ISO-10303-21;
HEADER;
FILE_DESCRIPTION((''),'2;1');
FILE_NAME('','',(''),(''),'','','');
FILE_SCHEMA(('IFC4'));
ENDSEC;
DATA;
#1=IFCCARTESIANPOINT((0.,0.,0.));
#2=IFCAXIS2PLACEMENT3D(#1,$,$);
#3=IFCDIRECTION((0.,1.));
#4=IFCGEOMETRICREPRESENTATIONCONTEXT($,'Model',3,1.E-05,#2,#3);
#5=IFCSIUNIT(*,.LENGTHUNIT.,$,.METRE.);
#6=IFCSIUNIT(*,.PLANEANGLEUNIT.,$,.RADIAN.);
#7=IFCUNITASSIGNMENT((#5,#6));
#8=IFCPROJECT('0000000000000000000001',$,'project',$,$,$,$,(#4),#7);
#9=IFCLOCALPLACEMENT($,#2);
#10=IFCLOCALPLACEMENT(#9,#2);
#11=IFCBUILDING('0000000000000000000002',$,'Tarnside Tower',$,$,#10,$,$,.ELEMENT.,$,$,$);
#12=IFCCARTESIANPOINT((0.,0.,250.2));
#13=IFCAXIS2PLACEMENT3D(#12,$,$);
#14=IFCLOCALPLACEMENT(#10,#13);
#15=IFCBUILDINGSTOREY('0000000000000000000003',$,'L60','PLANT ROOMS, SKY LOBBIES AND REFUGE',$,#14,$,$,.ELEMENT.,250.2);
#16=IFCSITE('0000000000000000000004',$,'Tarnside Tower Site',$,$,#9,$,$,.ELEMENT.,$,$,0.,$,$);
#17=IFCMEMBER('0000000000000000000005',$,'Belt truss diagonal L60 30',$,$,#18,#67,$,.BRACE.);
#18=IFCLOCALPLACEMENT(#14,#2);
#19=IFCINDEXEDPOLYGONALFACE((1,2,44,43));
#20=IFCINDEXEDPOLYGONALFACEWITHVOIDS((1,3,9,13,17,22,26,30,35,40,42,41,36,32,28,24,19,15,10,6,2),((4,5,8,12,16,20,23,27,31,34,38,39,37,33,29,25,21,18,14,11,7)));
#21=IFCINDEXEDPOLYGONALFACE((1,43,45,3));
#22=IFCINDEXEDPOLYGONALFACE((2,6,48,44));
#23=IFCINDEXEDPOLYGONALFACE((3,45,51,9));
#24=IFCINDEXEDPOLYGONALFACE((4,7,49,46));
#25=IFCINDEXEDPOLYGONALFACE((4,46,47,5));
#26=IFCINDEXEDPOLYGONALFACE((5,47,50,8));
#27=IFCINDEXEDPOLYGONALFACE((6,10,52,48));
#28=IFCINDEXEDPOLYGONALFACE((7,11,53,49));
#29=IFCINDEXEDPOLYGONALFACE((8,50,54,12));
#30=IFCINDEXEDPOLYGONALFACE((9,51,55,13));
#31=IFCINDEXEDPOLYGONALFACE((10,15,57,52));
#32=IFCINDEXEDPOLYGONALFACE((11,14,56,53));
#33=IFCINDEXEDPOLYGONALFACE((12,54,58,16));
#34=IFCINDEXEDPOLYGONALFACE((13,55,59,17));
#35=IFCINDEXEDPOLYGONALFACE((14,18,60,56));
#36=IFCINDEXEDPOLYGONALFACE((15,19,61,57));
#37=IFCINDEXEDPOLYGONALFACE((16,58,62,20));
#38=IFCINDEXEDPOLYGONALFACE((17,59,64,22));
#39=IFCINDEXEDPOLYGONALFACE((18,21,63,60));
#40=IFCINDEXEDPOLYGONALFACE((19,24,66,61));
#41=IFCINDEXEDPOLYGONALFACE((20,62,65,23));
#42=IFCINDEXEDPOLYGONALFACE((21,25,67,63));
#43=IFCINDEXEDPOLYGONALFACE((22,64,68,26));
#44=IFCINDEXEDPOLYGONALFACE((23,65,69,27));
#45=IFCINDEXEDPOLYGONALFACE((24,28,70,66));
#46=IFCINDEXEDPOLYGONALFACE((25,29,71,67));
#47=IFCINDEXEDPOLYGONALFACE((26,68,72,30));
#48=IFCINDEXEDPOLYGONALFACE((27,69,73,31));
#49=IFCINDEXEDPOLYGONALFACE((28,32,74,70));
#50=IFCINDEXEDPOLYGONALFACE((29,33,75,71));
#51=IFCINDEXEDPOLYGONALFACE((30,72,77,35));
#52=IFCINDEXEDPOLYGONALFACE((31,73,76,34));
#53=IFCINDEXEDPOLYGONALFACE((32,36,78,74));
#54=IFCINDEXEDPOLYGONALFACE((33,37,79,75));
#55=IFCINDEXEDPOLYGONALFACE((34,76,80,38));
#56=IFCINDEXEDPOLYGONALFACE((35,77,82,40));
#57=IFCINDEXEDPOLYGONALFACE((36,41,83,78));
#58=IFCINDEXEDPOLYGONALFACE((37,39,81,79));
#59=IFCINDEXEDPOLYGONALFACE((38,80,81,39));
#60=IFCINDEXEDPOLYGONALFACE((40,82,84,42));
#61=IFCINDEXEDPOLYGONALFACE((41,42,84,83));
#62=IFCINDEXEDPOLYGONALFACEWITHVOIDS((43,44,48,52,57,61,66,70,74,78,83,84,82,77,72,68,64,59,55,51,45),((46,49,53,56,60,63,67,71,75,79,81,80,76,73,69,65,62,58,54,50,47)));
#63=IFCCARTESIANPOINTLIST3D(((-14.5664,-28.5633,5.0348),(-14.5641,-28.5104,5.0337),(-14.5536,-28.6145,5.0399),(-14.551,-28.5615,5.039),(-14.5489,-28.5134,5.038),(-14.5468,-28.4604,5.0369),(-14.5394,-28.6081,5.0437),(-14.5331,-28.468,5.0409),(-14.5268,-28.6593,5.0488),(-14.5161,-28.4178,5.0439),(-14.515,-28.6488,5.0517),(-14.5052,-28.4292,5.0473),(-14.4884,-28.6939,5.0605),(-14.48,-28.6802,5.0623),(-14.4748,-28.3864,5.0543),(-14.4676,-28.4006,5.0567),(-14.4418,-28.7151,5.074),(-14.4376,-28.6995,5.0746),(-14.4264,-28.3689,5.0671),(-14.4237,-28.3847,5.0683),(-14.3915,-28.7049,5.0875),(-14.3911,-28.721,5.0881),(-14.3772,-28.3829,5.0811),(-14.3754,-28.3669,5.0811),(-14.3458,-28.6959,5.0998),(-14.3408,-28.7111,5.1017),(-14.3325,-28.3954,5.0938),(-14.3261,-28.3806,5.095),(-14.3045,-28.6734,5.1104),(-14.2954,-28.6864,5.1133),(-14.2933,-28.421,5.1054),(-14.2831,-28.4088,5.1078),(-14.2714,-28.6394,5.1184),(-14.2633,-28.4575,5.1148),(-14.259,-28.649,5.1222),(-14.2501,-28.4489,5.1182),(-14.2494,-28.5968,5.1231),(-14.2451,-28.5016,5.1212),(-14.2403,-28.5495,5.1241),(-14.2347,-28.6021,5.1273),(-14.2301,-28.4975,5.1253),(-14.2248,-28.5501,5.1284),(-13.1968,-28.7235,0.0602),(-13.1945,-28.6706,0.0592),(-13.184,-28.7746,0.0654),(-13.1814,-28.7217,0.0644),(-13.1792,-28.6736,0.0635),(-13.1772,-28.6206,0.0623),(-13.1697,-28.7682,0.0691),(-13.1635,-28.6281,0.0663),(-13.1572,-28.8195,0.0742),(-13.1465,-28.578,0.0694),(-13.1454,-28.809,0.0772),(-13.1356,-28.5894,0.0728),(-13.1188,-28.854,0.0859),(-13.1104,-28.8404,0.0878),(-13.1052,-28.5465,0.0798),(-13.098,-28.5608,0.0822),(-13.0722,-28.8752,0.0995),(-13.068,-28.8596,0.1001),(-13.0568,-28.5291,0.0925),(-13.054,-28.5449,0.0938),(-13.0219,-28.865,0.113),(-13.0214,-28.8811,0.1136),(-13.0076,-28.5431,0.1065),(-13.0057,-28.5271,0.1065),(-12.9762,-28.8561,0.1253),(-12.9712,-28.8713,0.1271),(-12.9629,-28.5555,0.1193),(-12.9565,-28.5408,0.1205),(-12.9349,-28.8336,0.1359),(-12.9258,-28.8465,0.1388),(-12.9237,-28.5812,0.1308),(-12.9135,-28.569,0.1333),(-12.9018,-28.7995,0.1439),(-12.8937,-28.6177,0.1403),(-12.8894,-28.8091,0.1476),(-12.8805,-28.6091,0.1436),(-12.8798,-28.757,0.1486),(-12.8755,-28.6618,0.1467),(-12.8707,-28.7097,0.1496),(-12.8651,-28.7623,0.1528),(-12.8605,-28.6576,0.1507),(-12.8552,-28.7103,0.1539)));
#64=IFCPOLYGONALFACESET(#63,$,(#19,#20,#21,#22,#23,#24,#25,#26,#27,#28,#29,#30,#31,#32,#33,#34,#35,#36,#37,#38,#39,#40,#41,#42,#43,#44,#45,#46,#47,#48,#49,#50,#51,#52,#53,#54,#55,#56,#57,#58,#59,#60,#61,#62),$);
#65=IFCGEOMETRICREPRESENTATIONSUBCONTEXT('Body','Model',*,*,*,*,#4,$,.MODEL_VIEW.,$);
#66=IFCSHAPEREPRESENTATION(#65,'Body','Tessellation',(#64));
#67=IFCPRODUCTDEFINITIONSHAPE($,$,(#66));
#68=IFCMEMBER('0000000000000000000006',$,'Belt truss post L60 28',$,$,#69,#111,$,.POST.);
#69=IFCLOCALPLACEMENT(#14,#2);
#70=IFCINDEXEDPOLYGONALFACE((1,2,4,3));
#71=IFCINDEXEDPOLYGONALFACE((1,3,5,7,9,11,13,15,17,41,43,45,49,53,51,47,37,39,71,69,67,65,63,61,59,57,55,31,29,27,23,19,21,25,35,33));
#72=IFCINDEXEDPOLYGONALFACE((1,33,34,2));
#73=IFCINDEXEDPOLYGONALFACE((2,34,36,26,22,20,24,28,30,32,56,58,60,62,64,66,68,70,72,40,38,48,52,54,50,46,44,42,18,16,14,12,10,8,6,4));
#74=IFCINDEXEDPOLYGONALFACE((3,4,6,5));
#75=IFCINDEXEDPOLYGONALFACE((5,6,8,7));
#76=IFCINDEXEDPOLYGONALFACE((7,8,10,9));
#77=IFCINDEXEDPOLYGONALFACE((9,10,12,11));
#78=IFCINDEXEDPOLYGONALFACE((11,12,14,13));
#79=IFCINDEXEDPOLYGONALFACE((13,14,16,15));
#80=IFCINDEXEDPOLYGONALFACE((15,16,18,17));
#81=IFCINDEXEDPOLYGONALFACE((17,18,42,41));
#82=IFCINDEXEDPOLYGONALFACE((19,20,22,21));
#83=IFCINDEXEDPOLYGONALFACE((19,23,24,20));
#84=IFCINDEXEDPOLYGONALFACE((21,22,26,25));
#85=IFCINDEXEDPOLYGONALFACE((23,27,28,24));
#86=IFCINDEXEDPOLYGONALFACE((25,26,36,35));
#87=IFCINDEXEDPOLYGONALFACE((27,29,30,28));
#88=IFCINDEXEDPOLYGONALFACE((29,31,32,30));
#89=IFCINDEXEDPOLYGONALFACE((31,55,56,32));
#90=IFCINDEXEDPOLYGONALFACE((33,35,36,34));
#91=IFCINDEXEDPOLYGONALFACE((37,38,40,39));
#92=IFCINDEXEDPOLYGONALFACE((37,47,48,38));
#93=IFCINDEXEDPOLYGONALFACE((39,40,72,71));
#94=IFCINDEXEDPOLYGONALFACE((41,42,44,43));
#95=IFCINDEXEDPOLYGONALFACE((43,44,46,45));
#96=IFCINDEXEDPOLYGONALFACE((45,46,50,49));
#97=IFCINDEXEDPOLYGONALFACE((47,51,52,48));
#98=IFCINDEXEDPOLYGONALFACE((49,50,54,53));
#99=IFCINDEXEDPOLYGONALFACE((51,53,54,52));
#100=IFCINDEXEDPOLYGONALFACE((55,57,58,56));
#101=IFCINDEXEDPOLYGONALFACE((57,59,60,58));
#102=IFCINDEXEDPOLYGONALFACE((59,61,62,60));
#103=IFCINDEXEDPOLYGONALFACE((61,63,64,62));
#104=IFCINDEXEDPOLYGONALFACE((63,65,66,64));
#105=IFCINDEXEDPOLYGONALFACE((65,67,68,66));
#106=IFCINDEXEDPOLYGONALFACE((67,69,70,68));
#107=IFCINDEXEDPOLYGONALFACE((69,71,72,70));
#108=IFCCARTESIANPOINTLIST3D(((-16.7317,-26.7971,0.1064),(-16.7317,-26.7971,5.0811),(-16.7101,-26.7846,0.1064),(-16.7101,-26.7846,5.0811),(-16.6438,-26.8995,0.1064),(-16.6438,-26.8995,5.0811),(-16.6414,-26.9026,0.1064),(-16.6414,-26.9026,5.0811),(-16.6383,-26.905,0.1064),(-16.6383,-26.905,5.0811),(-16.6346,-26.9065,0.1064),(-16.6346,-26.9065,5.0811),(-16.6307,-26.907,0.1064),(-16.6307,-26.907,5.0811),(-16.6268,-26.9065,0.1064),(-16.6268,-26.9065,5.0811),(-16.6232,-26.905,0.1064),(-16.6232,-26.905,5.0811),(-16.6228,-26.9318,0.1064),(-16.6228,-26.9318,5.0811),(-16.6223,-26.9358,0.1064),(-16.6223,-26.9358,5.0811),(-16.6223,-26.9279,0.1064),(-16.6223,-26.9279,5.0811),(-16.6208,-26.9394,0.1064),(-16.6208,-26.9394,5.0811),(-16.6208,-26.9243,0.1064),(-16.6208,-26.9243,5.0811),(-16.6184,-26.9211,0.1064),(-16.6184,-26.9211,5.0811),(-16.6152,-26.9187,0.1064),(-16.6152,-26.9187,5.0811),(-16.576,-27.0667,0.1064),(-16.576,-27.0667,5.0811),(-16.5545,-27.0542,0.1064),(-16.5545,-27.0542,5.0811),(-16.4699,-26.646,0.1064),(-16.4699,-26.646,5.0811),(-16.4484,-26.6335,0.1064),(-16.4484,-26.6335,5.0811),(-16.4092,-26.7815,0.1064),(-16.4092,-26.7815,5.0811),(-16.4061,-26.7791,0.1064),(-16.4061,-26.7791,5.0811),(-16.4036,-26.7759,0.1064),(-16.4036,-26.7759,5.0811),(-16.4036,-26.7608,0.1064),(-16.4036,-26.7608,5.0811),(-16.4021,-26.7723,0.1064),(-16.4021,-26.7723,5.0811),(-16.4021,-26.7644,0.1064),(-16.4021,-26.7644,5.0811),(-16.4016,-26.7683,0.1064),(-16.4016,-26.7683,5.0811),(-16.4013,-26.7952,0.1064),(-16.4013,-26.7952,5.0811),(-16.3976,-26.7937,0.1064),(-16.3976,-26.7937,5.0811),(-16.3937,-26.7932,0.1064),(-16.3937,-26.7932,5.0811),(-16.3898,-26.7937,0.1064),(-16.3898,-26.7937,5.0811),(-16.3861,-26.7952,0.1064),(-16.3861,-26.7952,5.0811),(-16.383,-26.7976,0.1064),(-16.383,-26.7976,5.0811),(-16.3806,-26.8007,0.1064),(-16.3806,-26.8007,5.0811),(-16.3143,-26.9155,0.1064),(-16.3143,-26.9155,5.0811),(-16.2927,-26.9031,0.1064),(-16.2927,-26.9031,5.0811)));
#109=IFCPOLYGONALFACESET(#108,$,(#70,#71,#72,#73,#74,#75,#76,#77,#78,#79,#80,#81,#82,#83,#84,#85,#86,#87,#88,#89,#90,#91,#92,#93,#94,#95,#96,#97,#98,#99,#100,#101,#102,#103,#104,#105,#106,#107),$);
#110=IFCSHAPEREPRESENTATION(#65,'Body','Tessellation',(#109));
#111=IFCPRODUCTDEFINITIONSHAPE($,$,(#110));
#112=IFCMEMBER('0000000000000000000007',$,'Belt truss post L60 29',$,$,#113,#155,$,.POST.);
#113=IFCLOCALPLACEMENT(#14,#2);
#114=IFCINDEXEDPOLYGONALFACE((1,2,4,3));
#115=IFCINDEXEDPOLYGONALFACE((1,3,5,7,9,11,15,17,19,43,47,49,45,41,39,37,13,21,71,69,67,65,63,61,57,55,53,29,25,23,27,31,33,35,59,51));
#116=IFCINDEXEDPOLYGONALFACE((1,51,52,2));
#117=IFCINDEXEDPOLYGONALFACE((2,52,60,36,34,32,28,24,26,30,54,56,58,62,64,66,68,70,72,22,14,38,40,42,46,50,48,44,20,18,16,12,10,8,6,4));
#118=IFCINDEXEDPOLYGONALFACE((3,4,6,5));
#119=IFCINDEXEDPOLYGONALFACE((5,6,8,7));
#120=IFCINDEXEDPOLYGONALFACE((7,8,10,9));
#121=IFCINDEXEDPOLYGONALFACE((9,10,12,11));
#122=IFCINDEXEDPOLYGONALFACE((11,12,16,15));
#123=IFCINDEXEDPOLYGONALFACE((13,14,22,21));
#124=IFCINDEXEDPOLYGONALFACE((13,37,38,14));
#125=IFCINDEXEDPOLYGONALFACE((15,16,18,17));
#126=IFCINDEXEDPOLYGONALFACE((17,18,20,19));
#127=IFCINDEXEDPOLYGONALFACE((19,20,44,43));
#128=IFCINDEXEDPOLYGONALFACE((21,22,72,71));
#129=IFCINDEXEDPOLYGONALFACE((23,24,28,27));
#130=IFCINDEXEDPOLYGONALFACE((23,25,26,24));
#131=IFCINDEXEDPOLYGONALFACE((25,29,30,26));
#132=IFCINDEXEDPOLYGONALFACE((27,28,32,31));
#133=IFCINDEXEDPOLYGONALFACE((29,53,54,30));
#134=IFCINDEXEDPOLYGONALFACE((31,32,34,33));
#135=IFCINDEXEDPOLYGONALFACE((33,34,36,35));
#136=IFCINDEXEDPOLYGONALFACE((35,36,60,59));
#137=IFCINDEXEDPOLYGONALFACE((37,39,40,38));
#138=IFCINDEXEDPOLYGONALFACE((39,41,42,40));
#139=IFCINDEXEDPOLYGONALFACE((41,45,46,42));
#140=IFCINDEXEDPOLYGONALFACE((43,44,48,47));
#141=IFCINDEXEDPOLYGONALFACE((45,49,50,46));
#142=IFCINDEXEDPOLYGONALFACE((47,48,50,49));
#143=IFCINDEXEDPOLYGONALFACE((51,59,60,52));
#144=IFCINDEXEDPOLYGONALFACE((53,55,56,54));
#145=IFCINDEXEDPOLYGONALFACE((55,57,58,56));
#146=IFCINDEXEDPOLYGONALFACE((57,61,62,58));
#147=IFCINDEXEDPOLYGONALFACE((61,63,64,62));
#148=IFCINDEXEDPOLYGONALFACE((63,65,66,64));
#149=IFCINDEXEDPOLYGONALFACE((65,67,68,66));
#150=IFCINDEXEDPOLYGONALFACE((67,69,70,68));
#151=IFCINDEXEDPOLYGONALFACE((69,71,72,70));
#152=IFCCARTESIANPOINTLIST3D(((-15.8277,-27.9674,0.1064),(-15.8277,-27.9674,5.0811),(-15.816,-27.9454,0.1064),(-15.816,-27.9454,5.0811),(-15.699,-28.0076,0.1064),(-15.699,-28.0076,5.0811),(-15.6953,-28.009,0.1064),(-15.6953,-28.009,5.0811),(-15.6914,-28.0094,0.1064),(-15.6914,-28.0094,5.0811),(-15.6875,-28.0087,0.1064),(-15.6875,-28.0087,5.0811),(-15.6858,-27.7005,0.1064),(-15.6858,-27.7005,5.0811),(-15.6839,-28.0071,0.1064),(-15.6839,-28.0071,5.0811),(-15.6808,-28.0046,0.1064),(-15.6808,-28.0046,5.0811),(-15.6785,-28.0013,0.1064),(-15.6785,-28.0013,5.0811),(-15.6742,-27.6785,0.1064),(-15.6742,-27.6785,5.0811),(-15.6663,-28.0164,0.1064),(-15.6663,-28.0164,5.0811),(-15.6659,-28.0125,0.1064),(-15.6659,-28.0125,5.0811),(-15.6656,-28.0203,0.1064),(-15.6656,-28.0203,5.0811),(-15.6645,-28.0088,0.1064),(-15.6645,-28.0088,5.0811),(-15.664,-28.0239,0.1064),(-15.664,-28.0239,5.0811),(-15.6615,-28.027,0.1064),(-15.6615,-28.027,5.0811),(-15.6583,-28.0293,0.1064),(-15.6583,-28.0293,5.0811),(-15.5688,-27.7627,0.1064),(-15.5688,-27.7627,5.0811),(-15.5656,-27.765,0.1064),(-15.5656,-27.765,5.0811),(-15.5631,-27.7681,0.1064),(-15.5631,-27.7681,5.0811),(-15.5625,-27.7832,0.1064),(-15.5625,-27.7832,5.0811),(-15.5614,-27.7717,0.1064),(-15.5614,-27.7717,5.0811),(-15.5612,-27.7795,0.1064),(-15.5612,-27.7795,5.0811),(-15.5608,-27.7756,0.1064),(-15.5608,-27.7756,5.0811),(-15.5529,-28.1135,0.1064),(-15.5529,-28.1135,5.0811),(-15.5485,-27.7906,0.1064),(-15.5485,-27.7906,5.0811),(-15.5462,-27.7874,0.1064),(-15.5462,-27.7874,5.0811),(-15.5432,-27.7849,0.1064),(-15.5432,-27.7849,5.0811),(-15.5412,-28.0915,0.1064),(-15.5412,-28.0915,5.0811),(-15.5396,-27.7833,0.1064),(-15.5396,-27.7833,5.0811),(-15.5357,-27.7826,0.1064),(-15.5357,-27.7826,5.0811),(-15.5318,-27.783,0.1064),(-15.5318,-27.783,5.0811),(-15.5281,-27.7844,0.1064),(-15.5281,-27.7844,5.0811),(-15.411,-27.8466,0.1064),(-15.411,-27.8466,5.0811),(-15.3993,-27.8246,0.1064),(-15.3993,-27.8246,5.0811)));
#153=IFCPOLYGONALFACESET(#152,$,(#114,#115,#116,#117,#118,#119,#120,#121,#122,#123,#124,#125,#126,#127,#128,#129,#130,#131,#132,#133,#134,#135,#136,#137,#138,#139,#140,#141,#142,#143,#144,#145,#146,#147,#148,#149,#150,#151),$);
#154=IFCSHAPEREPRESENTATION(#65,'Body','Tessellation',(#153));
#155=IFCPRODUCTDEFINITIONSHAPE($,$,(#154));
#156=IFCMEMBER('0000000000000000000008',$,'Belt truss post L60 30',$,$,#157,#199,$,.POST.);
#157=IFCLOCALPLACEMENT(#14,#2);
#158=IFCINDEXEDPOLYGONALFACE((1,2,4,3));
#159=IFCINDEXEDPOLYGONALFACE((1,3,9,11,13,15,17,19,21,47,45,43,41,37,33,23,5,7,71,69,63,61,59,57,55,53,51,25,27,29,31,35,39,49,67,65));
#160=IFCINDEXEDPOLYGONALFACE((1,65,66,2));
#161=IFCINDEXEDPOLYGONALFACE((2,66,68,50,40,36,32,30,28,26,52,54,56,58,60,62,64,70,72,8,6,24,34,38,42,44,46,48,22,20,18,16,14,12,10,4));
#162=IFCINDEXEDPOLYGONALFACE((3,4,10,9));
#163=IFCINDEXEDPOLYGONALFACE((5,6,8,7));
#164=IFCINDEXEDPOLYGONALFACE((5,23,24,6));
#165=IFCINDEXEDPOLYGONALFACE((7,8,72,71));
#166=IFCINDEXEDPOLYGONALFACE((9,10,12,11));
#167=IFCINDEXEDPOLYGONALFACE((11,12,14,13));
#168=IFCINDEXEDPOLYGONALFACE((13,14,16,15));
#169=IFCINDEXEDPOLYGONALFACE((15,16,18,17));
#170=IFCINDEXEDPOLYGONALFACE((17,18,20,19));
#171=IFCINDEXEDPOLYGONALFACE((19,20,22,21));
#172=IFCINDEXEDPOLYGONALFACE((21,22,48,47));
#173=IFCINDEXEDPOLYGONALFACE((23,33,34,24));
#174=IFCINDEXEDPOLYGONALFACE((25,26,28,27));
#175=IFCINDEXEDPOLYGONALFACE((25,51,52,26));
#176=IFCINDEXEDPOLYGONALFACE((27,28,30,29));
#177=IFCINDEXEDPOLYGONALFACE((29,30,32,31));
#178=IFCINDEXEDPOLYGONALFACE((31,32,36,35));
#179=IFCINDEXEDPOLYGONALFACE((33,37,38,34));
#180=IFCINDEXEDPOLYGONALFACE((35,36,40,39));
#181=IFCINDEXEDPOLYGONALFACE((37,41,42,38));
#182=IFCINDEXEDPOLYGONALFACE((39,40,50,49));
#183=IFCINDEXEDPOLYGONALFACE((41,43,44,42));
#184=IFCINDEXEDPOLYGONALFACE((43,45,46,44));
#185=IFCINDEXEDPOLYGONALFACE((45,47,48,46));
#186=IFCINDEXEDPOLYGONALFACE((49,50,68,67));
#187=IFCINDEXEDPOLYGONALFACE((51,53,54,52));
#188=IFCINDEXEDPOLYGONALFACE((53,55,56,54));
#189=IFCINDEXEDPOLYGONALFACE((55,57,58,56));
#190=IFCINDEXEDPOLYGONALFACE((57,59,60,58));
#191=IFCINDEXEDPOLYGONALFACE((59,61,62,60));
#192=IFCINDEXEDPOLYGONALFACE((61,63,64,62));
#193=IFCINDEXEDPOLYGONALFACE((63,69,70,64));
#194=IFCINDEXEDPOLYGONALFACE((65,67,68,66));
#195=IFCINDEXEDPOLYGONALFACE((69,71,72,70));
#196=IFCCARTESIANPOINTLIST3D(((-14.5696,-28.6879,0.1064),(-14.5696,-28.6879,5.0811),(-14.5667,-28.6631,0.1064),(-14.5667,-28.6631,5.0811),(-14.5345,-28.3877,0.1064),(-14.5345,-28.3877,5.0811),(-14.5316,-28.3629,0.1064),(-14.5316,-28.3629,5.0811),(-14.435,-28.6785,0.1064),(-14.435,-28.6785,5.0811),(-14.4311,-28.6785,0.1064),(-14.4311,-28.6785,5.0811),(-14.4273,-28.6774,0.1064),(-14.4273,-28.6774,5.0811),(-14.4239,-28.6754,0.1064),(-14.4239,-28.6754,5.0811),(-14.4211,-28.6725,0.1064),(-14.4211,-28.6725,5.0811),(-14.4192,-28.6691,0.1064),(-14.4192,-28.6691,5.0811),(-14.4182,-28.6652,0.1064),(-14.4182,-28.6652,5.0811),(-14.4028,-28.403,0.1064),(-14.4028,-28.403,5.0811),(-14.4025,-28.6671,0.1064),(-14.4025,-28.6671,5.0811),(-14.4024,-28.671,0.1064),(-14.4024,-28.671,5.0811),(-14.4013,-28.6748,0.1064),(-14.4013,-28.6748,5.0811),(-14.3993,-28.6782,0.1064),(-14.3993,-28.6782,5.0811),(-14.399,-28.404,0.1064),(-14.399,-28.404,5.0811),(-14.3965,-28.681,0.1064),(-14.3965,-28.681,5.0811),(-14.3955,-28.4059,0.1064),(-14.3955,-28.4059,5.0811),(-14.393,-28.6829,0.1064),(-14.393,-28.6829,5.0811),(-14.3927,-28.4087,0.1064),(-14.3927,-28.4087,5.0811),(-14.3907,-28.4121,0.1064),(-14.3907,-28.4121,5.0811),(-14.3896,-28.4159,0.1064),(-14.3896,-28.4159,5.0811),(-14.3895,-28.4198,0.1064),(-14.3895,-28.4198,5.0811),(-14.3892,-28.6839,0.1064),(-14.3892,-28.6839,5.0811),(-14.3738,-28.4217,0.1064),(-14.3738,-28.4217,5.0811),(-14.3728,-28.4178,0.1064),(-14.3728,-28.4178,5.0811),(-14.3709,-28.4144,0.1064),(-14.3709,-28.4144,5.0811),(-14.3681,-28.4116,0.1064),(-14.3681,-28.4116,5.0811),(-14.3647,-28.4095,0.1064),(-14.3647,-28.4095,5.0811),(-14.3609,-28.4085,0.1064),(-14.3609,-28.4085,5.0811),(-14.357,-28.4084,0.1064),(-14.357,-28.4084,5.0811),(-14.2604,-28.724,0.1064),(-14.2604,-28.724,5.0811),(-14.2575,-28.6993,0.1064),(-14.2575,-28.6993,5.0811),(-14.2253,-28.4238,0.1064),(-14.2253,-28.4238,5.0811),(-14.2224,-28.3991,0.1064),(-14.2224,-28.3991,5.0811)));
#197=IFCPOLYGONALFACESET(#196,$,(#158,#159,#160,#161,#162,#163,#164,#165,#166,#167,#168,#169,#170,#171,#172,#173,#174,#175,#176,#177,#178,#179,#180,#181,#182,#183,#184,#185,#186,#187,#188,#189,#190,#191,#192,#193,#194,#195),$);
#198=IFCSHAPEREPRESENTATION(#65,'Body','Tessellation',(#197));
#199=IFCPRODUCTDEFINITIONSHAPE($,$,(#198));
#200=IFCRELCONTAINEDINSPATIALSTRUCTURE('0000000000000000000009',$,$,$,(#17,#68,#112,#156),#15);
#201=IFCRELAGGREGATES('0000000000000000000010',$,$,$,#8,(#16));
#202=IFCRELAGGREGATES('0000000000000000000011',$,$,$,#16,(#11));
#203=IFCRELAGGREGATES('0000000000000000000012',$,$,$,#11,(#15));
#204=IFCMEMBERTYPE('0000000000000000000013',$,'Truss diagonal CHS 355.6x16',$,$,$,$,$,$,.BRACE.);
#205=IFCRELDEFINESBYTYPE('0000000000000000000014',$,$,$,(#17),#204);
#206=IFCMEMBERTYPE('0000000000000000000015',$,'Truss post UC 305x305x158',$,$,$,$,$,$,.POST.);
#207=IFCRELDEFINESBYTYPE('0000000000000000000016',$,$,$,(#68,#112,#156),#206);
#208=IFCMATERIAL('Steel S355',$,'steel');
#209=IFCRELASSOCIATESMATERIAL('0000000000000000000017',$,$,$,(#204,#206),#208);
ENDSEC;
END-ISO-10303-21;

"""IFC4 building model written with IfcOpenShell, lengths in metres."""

from ifc_helpers import new_model, si_unit, direction, frame, origin, origin_2d, place, context, subcontext, project, spatial, hollow_circle, i_section, extrude, material, material_profile, profile_set, type_object, element, save


model = new_model("IFC4")

# Units and contexts
model_context = context("Model", 3, precision=1e-05, world=origin(), true_north=direction((0.0, 1.0)))
body_context = subcontext(model_context, "Body", "Model", "MODEL_VIEW")
ifc_project = project(units=[si_unit("LENGTHUNIT", "METRE"), si_unit("PLANEANGLEUNIT", "RADIAN")], contexts=[model_context])

# Site, building, storey
site_placement = place(None, origin())
site = spatial("IfcSite", under=ifc_project, at=site_placement, Name="Tarnside Tower Site", CompositionType="ELEMENT", RefElevation=0.0)
building_placement = place(site_placement, origin())
building = spatial("IfcBuilding", under=site, at=building_placement, Name="Tarnside Tower", CompositionType="ELEMENT")
storey_placement = place(building_placement, frame((0.0, 0.0, 250.2)))
storey = spatial("IfcBuildingStorey", under=building, at=storey_placement, Name="L60", Description="PLANT ROOMS, SKY LOBBIES AND REFUGE", CompositionType="ELEMENT", Elevation=250.2)

# Shared definitions
ifc_material_1 = material(Name="Steel S355", Category="steel")

# Members
ifc_material_profile_1 = material_profile(ifc_material_1, hollow_circle(Radius=0.1777, WallThickness=0.0161, at=origin_2d()), Name="CHS 355.6x16")
ifc_profile_set_1 = profile_set([ifc_material_profile_1], Name="Steel S355")
member_type_1 = type_object("IfcMemberType", Name="Truss diagonal CHS 355.6x16", PredefinedType="BRACE", material=ifc_profile_set_1)
for number, where, z_axis, x_axis, name in (
    (1, (-14.396, -28.5435, 5.0811), (0.265319, -0.031025, -0.963661), (0.116143, 0.993233, 0.0), "Belt truss diagonal L60 30"),
):
    element("IfcMember", number, at=place(storey_placement, frame(where, z_axis=z_axis, x_axis=x_axis)), inside=storey, type_object=member_type_1, Name=name, PredefinedType="BRACE", context=body_context, shape_type="SweptSolid", body=[
        extrude(hollow_circle(Radius=0.1777, WallThickness=0.0161, at=origin_2d()), origin(), (0.0, 0.0, 1.0), 5.1621),
    ])
ifc_material_profile_2 = material_profile(ifc_material_1, i_section(OverallWidth=0.3113, OverallDepth=0.3271, WebThickness=0.0159, FlangeThickness=0.0249, FilletRadius=0.0151, at=origin_2d()), Name="UC 305x305x158")
ifc_profile_set_2 = profile_set([ifc_material_profile_2], Name="Steel S355")
member_type_2 = type_object("IfcMemberType", Name="Truss post UC 305x305x158", PredefinedType="POST", material=ifc_profile_set_2)
for number, where, z_axis, x_axis, name in (
    (2, (-16.5122, -26.8501, 0.1064), (0.0, 0.0, 1.0), (0.5, -0.866025, 0.0), "Belt truss post L60 28"),
    (3, (-15.6135, -27.896, 0.1064), (0.0, 0.0, 1.0), (0.882948, -0.469472, 0.0), "Belt truss post L60 29"),
    (4, (-14.396, -28.5435, 0.1064), (0.0, 0.0, 1.0), (0.993238, -0.116093, 0.0), "Belt truss post L60 30"),
):
    element("IfcMember", number, at=place(storey_placement, frame(where, z_axis=z_axis, x_axis=x_axis)), inside=storey, type_object=member_type_2, Name=name, PredefinedType="POST", context=body_context, shape_type="SweptSolid", body=[
        extrude(i_section(OverallWidth=0.3113, OverallDepth=0.3271, WebThickness=0.0159, FlangeThickness=0.0249, FilletRadius=0.0151, at=origin_2d()), origin(), (0.0, 0.0, 1.0), 4.9746),
    ])

save(model, "model.ifc")
